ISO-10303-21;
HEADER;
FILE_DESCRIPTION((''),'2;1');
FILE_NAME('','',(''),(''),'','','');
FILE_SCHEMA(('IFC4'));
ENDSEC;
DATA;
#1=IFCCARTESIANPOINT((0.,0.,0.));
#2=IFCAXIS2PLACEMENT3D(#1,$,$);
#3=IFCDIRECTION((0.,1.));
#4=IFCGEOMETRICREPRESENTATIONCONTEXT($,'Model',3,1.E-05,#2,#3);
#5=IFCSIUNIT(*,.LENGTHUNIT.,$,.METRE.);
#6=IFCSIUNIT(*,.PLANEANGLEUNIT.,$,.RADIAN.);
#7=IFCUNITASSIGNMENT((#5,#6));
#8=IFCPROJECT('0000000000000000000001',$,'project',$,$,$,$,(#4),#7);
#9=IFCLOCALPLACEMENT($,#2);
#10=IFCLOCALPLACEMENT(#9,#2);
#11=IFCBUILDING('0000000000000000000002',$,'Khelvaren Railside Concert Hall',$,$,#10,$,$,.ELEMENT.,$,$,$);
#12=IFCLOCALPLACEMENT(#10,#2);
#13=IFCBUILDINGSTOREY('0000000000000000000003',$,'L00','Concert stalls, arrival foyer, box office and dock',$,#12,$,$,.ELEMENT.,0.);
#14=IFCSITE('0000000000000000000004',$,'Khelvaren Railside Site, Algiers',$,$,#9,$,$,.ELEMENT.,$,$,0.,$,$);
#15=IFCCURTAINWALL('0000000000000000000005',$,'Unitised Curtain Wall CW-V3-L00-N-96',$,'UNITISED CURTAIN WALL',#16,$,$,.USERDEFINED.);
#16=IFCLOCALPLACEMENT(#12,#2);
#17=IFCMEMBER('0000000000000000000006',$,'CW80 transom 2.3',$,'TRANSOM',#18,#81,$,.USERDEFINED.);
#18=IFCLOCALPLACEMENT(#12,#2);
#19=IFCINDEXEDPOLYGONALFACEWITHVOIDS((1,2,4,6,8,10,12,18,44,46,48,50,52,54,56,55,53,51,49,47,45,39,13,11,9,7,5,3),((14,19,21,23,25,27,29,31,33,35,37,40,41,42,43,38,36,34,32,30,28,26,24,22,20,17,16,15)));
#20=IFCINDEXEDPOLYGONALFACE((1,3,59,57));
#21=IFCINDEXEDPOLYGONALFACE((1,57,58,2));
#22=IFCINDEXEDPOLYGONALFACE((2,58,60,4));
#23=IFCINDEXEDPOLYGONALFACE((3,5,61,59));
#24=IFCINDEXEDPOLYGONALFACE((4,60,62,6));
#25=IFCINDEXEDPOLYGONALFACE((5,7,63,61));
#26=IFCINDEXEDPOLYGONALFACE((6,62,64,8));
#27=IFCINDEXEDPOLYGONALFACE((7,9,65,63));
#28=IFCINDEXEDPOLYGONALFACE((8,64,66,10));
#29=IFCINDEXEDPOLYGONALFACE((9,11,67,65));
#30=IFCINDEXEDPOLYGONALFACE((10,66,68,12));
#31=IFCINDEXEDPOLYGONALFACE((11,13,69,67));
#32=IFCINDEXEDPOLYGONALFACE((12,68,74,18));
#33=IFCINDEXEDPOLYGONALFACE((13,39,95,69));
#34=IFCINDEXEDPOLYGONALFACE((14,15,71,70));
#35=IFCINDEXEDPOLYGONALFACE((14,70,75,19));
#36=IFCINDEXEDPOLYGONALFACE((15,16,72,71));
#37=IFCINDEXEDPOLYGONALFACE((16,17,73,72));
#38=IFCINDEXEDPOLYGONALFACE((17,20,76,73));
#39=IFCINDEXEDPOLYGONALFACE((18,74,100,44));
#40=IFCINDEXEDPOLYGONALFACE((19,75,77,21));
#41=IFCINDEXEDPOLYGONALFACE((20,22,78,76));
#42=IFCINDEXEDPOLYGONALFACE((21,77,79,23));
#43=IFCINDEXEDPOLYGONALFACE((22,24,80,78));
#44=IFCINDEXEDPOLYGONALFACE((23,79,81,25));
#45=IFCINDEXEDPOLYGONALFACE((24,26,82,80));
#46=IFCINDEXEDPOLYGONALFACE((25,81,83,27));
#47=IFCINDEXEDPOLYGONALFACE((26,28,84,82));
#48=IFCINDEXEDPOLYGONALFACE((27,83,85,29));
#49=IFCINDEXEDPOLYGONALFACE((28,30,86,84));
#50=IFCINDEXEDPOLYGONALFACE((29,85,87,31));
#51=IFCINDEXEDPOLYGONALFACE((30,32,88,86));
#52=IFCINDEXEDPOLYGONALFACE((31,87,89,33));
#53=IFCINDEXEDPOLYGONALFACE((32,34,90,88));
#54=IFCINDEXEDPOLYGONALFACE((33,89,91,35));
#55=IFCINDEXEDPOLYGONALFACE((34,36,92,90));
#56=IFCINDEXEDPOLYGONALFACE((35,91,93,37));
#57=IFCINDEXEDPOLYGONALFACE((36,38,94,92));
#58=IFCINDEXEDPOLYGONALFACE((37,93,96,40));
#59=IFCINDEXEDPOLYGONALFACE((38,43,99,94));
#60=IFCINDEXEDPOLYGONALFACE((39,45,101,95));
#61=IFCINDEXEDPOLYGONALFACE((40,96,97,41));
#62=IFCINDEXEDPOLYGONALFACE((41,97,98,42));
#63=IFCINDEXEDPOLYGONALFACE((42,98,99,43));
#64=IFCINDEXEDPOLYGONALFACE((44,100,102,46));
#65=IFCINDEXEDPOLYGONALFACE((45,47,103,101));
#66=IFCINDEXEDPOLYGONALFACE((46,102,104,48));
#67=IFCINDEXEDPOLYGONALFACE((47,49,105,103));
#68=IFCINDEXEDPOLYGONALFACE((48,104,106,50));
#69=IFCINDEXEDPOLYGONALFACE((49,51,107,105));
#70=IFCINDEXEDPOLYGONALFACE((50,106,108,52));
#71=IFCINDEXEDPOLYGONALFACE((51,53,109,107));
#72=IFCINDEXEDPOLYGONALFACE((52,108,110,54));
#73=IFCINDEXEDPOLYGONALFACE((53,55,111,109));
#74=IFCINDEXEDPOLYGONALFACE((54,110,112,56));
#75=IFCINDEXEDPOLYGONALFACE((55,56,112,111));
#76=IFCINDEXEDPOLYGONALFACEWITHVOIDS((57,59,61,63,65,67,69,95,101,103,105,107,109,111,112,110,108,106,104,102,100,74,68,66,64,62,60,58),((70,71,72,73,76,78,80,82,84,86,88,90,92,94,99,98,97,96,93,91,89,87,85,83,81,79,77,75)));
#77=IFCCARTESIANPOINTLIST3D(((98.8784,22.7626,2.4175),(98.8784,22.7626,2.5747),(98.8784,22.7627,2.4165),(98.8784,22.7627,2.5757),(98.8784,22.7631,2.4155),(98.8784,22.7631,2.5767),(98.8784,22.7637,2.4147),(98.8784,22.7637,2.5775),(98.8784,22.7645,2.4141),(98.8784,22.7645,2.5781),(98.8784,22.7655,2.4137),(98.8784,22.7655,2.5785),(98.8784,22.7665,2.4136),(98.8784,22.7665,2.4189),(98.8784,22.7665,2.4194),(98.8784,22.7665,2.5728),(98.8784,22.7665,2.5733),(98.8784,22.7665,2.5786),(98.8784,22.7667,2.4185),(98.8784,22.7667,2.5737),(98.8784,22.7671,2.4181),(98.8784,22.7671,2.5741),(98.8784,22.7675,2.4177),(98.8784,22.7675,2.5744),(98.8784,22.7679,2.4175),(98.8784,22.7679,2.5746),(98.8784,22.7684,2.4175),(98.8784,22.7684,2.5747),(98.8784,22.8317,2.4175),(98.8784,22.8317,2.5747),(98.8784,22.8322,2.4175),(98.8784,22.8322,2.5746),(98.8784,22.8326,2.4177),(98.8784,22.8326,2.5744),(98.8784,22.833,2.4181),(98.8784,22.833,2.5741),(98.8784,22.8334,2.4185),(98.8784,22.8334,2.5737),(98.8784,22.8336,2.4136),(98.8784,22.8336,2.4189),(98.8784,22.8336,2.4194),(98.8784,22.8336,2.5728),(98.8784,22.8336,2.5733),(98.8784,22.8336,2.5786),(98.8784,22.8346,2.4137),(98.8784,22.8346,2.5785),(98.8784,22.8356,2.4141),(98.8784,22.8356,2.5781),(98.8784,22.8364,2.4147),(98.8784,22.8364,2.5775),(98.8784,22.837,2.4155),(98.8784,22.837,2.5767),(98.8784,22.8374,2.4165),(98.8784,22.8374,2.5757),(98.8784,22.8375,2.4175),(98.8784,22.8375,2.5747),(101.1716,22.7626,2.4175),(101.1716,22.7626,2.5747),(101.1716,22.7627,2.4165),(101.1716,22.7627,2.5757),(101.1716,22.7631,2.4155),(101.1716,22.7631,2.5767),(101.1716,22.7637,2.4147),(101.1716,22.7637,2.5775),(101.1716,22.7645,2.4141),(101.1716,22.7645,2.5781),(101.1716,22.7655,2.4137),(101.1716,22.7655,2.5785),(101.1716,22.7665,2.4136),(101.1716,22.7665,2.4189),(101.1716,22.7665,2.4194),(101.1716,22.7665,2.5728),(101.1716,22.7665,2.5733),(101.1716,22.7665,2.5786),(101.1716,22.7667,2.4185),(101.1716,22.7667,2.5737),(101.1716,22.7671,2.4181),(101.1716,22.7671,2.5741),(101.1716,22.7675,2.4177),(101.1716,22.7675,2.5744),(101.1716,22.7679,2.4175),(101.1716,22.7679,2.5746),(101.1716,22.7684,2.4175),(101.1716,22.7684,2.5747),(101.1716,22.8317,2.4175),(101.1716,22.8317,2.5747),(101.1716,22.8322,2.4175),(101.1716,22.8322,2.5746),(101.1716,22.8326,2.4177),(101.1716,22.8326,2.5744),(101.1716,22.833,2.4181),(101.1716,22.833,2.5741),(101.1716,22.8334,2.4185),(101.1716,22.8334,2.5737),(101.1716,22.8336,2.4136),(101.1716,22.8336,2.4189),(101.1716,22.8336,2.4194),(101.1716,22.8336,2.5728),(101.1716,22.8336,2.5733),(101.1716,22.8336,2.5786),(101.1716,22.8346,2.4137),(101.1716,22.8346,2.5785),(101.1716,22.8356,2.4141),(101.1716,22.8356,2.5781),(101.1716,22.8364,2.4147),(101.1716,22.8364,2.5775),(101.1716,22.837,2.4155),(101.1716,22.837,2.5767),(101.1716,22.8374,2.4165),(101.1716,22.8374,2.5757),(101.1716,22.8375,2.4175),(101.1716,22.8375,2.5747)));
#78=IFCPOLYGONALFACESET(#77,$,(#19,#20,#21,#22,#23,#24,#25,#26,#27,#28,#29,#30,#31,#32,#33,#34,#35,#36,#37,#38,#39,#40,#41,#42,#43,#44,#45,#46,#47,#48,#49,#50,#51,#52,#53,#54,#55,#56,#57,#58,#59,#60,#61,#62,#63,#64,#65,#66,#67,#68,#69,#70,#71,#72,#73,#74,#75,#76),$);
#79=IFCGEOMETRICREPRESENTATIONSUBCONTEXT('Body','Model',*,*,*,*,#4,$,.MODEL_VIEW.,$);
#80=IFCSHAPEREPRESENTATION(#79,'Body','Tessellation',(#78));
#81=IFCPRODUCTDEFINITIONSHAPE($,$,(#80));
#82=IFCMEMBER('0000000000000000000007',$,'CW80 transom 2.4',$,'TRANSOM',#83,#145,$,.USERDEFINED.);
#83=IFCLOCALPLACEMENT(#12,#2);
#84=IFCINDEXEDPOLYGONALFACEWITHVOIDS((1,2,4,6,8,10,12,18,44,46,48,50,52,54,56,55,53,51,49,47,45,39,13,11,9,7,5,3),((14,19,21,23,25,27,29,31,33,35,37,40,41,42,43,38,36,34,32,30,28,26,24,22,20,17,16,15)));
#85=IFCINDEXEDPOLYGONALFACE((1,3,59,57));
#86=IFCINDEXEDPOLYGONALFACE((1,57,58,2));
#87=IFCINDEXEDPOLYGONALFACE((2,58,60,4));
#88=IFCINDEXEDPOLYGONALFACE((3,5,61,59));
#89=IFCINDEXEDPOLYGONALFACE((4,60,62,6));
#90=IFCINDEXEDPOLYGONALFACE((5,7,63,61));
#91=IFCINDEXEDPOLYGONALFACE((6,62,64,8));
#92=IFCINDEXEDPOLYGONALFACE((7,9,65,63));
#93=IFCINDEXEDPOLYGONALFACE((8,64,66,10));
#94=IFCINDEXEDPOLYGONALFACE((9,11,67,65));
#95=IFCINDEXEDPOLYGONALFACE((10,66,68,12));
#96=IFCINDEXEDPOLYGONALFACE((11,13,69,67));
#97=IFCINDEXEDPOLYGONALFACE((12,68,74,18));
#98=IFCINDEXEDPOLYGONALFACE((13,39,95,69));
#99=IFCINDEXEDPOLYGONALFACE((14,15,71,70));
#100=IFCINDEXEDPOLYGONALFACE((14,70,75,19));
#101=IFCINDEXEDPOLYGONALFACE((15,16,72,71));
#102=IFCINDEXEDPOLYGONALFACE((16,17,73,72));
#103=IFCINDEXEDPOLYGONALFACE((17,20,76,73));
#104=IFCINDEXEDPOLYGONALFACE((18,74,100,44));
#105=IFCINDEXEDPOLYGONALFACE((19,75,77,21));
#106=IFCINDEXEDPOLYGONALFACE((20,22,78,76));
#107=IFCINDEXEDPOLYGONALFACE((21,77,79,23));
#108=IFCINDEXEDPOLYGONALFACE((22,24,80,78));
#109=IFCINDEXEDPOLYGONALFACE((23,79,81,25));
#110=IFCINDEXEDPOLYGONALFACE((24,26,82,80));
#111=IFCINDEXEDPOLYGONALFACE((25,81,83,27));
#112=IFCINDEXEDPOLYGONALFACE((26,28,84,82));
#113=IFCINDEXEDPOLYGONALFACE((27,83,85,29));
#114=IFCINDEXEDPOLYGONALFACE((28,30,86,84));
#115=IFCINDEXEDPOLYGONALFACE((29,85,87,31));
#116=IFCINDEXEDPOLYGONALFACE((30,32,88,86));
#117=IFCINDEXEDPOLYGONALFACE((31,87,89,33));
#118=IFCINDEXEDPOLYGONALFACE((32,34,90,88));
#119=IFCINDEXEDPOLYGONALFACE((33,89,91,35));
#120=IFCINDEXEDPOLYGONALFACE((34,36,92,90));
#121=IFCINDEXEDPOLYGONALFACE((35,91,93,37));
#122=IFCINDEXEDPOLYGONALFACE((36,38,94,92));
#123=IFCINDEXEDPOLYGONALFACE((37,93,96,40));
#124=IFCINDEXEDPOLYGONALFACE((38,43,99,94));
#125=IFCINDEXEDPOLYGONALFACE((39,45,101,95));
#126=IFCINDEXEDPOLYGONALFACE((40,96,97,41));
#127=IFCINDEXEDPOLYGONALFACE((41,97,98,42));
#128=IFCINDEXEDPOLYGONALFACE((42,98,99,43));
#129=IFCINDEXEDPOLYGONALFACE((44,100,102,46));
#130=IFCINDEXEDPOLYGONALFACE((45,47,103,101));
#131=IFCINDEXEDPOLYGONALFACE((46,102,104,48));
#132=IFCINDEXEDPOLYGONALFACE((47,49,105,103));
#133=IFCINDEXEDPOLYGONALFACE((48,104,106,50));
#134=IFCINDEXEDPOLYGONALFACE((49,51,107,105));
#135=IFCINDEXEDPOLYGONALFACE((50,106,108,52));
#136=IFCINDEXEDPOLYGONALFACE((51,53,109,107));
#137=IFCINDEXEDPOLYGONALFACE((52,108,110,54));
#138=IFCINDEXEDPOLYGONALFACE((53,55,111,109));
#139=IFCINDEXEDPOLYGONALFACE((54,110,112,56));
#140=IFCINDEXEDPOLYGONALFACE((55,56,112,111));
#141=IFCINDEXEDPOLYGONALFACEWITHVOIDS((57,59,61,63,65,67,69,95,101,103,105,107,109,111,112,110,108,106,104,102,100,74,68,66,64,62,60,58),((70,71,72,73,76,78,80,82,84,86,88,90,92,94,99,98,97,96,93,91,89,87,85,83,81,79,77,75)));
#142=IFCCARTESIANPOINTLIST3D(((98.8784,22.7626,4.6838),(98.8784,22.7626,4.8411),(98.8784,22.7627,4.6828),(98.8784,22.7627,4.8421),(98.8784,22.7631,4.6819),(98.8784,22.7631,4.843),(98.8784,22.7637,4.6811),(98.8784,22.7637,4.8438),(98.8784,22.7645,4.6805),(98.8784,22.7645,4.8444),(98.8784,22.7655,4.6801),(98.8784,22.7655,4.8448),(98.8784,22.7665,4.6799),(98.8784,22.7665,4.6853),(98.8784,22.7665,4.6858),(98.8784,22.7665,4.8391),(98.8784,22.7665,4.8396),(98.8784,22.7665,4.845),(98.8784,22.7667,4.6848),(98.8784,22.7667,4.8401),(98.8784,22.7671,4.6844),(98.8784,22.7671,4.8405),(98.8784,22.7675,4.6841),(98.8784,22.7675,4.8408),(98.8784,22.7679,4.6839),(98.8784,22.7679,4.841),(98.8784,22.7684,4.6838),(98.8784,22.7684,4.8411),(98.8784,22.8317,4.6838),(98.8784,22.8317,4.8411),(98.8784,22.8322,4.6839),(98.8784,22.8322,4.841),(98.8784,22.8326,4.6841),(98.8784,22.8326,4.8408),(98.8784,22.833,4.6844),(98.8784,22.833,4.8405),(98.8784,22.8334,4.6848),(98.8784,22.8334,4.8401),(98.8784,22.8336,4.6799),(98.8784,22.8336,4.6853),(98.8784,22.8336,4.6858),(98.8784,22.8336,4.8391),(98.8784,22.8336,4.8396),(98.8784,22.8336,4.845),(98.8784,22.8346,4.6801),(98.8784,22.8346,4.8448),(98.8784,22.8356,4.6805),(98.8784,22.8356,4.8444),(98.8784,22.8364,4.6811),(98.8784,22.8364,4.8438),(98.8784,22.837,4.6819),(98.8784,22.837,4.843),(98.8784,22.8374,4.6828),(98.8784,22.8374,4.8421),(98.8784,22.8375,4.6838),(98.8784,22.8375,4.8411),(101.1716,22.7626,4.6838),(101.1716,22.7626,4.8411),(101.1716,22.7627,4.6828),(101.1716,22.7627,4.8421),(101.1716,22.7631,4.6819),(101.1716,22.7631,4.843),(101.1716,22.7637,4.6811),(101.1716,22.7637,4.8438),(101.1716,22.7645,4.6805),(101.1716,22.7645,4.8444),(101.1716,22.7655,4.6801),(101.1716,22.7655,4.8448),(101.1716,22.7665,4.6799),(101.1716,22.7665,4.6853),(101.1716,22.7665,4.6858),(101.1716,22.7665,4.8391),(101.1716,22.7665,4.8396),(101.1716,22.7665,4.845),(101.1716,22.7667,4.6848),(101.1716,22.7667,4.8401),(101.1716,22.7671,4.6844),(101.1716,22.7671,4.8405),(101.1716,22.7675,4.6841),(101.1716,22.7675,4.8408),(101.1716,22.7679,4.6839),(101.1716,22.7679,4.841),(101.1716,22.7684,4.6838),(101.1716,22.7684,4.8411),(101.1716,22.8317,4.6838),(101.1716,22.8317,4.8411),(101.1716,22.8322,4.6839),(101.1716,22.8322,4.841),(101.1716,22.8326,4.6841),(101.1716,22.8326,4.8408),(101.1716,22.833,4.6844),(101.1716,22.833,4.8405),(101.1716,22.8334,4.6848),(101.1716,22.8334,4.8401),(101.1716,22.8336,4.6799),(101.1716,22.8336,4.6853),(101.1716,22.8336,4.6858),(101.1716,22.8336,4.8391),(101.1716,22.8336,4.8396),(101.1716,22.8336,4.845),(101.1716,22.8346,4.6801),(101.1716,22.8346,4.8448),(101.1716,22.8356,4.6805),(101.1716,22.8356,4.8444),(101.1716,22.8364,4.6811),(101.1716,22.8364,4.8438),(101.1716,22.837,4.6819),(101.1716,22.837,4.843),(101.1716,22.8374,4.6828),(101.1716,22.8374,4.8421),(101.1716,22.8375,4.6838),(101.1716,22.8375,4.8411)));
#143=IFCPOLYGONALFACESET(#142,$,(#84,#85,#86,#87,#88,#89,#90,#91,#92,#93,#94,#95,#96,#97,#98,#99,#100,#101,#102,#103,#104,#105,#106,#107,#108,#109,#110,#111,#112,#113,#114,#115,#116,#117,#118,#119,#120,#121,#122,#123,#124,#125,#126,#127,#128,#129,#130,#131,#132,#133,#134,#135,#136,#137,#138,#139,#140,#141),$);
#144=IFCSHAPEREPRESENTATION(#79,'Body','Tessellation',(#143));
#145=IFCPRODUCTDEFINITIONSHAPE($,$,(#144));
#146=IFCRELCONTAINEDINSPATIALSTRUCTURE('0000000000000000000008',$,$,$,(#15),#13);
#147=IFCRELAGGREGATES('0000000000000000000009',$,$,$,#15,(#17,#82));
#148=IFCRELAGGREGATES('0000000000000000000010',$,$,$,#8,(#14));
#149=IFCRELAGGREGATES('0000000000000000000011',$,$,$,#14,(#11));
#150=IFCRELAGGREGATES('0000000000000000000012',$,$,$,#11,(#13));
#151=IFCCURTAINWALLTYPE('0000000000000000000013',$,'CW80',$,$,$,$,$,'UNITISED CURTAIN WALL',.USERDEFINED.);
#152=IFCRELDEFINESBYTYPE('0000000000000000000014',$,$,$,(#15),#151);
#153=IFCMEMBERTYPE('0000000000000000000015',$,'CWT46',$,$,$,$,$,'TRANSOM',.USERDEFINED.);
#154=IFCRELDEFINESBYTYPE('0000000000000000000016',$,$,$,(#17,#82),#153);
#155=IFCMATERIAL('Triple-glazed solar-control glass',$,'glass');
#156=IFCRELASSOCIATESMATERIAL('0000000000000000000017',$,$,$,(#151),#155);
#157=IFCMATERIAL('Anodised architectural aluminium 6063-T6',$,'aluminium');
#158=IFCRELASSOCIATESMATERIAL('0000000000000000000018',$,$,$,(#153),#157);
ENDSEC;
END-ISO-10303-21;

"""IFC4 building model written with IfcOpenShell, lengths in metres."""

from ifc_helpers import new_model, si_unit, direction, frame, origin, origin_2d, place, context, subcontext, project, spatial, hollow_rectangle, extrude, material, material_profile, profile_set, type_object, element, aggregate, save


model = new_model("IFC4")

# Units and contexts
model_context = context("Model", 3, precision=1e-05, world=origin(), true_north=direction((0.0, 1.0)))
body_context = subcontext(model_context, "Body", "Model", "MODEL_VIEW")
ifc_project = project(units=[si_unit("LENGTHUNIT", "METRE"), si_unit("PLANEANGLEUNIT", "RADIAN")], contexts=[model_context])

# Site, building, storey
site_placement = place(None, origin())
site = spatial("IfcSite", under=ifc_project, at=site_placement, Name="Khelvaren Railside Site, Algiers", CompositionType="ELEMENT", RefElevation=0.0)
building_placement = place(site_placement, origin())
building = spatial("IfcBuilding", under=site, at=building_placement, Name="Khelvaren Railside Concert Hall", CompositionType="ELEMENT")
storey_placement = place(building_placement, origin())
storey = spatial("IfcBuildingStorey", under=building, at=storey_placement, Name="L00", Description="Concert stalls, arrival foyer, box office and dock", CompositionType="ELEMENT", Elevation=0.0)

# Shared definitions
ifc_material_1 = material(Name="Triple-glazed solar-control glass", Category="glass")
ifc_material_2 = material(Name="Anodised architectural aluminium 6063-T6", Category="aluminium")

# Curtain wall, members
curtain_wall_type_1 = type_object("IfcCurtainWallType", Name="CW80", ElementType="UNITISED CURTAIN WALL", PredefinedType="USERDEFINED", material=ifc_material_1)
curtain_wall_1_placement = place(storey_placement, origin())
curtain_wall_1 = element("IfcCurtainWall", 1, at=curtain_wall_1_placement, inside=storey, type_object=curtain_wall_type_1, Name="Unitised Curtain Wall CW-V3-L00-N-96", ObjectType="UNITISED CURTAIN WALL", PredefinedType="USERDEFINED")
ifc_material_profile_1 = material_profile(ifc_material_2, hollow_rectangle(XDim=0.075, YDim=0.165, WallThickness=0.0039, InnerFilletRadius=0.002, OuterFilletRadius=0.0039, at=origin_2d()), Name="CWT 75x165x4")
ifc_profile_set_1 = profile_set([ifc_material_profile_1], Name="Anodised architectural aluminium 6063-T6")
member_type_1 = type_object("IfcMemberType", Name="CWT46", ElementType="TRANSOM", PredefinedType="USERDEFINED", material=ifc_profile_set_1)
member_1_placement = place(storey_placement, frame((98.8784, 22.8, 2.4961), z_axis=(1.0, 0.0, 0.0), x_axis=(0.0, 1.0, 0.0)))
member_1 = element("IfcMember", 2, at=member_1_placement, type_object=member_type_1, Name="CW80 transom 2.3", ObjectType="TRANSOM", PredefinedType="USERDEFINED", context=body_context, shape_type="SweptSolid", body=[
    extrude(hollow_rectangle(XDim=0.075, YDim=0.165, WallThickness=0.0039, InnerFilletRadius=0.002, OuterFilletRadius=0.0039, at=origin_2d()), origin(), (0.0, 0.0, 1.0), 2.2932),
])
member_2_placement = place(storey_placement, frame((98.8784, 22.8, 4.7625), z_axis=(1.0, 0.0, 0.0), x_axis=(0.0, 1.0, 0.0)))
member_2 = element("IfcMember", 3, at=member_2_placement, type_object=member_type_1, Name="CW80 transom 2.4", ObjectType="TRANSOM", PredefinedType="USERDEFINED", context=body_context, shape_type="SweptSolid", body=[
    extrude(hollow_rectangle(XDim=0.075, YDim=0.165, WallThickness=0.0039, InnerFilletRadius=0.002, OuterFilletRadius=0.0039, at=origin_2d()), origin(), (0.0, 0.0, 1.0), 2.2932),
])

aggregate(curtain_wall_1, [member_1, member_2])

save(model, "model.ifc")
